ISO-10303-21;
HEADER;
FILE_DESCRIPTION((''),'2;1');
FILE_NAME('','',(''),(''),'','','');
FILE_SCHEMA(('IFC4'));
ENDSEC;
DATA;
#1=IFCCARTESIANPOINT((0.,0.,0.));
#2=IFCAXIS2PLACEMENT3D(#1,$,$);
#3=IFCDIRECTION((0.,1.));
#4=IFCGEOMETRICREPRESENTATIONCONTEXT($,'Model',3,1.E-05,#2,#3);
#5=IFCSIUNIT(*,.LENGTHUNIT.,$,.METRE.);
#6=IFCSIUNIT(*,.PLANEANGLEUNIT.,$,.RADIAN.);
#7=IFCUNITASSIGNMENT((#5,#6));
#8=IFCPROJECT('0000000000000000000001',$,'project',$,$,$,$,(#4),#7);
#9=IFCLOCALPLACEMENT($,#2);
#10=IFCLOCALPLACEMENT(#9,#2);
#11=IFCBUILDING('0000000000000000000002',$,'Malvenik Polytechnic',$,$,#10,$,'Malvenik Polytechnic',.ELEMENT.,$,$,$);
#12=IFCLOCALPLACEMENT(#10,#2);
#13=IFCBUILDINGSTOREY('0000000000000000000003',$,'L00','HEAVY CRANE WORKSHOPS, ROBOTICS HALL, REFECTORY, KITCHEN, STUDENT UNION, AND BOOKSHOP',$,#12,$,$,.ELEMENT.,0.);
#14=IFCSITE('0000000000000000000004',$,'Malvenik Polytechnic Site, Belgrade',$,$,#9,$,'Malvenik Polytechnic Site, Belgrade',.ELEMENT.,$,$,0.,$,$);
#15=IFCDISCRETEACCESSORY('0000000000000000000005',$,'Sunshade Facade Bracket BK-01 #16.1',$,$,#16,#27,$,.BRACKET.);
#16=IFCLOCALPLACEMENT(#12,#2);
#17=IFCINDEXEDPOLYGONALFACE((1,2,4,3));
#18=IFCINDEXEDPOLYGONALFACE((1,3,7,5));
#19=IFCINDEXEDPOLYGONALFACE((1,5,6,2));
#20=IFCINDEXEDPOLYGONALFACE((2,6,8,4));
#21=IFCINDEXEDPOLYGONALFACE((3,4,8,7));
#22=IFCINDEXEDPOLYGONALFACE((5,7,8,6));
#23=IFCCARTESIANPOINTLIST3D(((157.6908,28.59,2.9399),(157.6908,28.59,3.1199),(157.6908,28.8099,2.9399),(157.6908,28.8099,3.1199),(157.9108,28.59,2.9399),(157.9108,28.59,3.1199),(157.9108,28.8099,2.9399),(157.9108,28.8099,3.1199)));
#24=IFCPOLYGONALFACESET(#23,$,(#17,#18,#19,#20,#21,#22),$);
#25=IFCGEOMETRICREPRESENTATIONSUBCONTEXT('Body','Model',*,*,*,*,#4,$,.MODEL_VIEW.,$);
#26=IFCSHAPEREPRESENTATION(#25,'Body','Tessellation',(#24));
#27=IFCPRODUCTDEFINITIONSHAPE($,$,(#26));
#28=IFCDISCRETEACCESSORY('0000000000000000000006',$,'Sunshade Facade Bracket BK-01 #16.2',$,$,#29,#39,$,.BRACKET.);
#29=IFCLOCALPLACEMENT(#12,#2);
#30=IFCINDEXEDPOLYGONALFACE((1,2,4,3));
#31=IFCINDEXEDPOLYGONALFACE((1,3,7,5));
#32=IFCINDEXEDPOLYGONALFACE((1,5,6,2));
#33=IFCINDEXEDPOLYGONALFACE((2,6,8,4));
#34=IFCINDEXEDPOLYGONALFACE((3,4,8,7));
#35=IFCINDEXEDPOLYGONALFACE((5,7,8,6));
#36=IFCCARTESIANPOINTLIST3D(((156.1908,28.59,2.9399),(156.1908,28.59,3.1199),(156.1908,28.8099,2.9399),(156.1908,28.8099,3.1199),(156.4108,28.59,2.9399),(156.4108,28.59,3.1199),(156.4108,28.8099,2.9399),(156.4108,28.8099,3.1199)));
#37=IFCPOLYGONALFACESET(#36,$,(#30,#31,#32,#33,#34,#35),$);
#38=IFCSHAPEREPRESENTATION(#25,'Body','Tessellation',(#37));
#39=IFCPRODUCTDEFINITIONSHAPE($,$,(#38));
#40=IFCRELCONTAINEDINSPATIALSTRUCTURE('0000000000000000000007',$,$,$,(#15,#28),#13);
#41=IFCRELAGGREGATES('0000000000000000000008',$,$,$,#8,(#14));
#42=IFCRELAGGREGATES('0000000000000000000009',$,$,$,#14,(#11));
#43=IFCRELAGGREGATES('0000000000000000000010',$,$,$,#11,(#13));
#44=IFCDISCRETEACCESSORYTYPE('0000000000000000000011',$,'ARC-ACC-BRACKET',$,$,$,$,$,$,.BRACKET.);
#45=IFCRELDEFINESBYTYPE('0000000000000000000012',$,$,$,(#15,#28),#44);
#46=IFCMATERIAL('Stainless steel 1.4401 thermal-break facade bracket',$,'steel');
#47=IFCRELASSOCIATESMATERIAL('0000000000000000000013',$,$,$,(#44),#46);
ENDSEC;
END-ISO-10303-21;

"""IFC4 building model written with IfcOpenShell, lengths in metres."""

from ifc_helpers import new_model, si_unit, direction, frame, origin, origin_2d, place, context, subcontext, project, spatial, rectangle, extrude, material, type_object, element, save


model = new_model("IFC4")

# Units and contexts
model_context = context("Model", 3, precision=1e-05, world=origin(), true_north=direction((0.0, 1.0)))
body_context = subcontext(model_context, "Body", "Model", "MODEL_VIEW")
ifc_project = project(units=[si_unit("LENGTHUNIT", "METRE"), si_unit("PLANEANGLEUNIT", "RADIAN")], contexts=[model_context])

# Site, building, storey
site_placement = place(None, origin())
site = spatial("IfcSite", under=ifc_project, at=site_placement, Name="Malvenik Polytechnic Site, Belgrade", LongName="Malvenik Polytechnic Site, Belgrade", CompositionType="ELEMENT", RefElevation=0.0)
building_placement = place(site_placement, origin())
building = spatial("IfcBuilding", under=site, at=building_placement, Name="Malvenik Polytechnic", LongName="Malvenik Polytechnic", CompositionType="ELEMENT")
storey_placement = place(building_placement, origin())
storey = spatial("IfcBuildingStorey", under=building, at=storey_placement, Name="L00", Description="HEAVY CRANE WORKSHOPS, ROBOTICS HALL, REFECTORY, KITCHEN, STUDENT UNION, AND BOOKSHOP", CompositionType="ELEMENT", Elevation=0.0)

# Discrete accessories
ifc_material_1 = material(Name="Stainless steel 1.4401 thermal-break facade bracket", Category="steel")
discrete_accessory_type = type_object("IfcDiscreteAccessoryType", Name="ARC-ACC-BRACKET", PredefinedType="BRACKET", material=ifc_material_1)
for number, where, z_axis, x_axis, name in (
    (1, (157.8008, 28.7, 2.9399), (0.0, 0.0, 1.0), (1.0, 0.0, 0.0), "Sunshade Facade Bracket BK-01 #16.1"),
    (2, (156.3008, 28.7, 2.9399), (0.0, 0.0, 1.0), (1.0, 0.0, 0.0), "Sunshade Facade Bracket BK-01 #16.2"),
):
    element("IfcDiscreteAccessory", number, at=place(storey_placement, frame(where, z_axis=z_axis, x_axis=x_axis)), inside=storey, type_object=discrete_accessory_type, Name=name, PredefinedType="BRACKET", context=body_context, shape_type="SweptSolid", body=[
        extrude(rectangle(XDim=0.22, YDim=0.22, at=origin_2d()), origin(), (0.0, 0.0, 1.0), 0.1799),
    ])

save(model, "model.ifc")
